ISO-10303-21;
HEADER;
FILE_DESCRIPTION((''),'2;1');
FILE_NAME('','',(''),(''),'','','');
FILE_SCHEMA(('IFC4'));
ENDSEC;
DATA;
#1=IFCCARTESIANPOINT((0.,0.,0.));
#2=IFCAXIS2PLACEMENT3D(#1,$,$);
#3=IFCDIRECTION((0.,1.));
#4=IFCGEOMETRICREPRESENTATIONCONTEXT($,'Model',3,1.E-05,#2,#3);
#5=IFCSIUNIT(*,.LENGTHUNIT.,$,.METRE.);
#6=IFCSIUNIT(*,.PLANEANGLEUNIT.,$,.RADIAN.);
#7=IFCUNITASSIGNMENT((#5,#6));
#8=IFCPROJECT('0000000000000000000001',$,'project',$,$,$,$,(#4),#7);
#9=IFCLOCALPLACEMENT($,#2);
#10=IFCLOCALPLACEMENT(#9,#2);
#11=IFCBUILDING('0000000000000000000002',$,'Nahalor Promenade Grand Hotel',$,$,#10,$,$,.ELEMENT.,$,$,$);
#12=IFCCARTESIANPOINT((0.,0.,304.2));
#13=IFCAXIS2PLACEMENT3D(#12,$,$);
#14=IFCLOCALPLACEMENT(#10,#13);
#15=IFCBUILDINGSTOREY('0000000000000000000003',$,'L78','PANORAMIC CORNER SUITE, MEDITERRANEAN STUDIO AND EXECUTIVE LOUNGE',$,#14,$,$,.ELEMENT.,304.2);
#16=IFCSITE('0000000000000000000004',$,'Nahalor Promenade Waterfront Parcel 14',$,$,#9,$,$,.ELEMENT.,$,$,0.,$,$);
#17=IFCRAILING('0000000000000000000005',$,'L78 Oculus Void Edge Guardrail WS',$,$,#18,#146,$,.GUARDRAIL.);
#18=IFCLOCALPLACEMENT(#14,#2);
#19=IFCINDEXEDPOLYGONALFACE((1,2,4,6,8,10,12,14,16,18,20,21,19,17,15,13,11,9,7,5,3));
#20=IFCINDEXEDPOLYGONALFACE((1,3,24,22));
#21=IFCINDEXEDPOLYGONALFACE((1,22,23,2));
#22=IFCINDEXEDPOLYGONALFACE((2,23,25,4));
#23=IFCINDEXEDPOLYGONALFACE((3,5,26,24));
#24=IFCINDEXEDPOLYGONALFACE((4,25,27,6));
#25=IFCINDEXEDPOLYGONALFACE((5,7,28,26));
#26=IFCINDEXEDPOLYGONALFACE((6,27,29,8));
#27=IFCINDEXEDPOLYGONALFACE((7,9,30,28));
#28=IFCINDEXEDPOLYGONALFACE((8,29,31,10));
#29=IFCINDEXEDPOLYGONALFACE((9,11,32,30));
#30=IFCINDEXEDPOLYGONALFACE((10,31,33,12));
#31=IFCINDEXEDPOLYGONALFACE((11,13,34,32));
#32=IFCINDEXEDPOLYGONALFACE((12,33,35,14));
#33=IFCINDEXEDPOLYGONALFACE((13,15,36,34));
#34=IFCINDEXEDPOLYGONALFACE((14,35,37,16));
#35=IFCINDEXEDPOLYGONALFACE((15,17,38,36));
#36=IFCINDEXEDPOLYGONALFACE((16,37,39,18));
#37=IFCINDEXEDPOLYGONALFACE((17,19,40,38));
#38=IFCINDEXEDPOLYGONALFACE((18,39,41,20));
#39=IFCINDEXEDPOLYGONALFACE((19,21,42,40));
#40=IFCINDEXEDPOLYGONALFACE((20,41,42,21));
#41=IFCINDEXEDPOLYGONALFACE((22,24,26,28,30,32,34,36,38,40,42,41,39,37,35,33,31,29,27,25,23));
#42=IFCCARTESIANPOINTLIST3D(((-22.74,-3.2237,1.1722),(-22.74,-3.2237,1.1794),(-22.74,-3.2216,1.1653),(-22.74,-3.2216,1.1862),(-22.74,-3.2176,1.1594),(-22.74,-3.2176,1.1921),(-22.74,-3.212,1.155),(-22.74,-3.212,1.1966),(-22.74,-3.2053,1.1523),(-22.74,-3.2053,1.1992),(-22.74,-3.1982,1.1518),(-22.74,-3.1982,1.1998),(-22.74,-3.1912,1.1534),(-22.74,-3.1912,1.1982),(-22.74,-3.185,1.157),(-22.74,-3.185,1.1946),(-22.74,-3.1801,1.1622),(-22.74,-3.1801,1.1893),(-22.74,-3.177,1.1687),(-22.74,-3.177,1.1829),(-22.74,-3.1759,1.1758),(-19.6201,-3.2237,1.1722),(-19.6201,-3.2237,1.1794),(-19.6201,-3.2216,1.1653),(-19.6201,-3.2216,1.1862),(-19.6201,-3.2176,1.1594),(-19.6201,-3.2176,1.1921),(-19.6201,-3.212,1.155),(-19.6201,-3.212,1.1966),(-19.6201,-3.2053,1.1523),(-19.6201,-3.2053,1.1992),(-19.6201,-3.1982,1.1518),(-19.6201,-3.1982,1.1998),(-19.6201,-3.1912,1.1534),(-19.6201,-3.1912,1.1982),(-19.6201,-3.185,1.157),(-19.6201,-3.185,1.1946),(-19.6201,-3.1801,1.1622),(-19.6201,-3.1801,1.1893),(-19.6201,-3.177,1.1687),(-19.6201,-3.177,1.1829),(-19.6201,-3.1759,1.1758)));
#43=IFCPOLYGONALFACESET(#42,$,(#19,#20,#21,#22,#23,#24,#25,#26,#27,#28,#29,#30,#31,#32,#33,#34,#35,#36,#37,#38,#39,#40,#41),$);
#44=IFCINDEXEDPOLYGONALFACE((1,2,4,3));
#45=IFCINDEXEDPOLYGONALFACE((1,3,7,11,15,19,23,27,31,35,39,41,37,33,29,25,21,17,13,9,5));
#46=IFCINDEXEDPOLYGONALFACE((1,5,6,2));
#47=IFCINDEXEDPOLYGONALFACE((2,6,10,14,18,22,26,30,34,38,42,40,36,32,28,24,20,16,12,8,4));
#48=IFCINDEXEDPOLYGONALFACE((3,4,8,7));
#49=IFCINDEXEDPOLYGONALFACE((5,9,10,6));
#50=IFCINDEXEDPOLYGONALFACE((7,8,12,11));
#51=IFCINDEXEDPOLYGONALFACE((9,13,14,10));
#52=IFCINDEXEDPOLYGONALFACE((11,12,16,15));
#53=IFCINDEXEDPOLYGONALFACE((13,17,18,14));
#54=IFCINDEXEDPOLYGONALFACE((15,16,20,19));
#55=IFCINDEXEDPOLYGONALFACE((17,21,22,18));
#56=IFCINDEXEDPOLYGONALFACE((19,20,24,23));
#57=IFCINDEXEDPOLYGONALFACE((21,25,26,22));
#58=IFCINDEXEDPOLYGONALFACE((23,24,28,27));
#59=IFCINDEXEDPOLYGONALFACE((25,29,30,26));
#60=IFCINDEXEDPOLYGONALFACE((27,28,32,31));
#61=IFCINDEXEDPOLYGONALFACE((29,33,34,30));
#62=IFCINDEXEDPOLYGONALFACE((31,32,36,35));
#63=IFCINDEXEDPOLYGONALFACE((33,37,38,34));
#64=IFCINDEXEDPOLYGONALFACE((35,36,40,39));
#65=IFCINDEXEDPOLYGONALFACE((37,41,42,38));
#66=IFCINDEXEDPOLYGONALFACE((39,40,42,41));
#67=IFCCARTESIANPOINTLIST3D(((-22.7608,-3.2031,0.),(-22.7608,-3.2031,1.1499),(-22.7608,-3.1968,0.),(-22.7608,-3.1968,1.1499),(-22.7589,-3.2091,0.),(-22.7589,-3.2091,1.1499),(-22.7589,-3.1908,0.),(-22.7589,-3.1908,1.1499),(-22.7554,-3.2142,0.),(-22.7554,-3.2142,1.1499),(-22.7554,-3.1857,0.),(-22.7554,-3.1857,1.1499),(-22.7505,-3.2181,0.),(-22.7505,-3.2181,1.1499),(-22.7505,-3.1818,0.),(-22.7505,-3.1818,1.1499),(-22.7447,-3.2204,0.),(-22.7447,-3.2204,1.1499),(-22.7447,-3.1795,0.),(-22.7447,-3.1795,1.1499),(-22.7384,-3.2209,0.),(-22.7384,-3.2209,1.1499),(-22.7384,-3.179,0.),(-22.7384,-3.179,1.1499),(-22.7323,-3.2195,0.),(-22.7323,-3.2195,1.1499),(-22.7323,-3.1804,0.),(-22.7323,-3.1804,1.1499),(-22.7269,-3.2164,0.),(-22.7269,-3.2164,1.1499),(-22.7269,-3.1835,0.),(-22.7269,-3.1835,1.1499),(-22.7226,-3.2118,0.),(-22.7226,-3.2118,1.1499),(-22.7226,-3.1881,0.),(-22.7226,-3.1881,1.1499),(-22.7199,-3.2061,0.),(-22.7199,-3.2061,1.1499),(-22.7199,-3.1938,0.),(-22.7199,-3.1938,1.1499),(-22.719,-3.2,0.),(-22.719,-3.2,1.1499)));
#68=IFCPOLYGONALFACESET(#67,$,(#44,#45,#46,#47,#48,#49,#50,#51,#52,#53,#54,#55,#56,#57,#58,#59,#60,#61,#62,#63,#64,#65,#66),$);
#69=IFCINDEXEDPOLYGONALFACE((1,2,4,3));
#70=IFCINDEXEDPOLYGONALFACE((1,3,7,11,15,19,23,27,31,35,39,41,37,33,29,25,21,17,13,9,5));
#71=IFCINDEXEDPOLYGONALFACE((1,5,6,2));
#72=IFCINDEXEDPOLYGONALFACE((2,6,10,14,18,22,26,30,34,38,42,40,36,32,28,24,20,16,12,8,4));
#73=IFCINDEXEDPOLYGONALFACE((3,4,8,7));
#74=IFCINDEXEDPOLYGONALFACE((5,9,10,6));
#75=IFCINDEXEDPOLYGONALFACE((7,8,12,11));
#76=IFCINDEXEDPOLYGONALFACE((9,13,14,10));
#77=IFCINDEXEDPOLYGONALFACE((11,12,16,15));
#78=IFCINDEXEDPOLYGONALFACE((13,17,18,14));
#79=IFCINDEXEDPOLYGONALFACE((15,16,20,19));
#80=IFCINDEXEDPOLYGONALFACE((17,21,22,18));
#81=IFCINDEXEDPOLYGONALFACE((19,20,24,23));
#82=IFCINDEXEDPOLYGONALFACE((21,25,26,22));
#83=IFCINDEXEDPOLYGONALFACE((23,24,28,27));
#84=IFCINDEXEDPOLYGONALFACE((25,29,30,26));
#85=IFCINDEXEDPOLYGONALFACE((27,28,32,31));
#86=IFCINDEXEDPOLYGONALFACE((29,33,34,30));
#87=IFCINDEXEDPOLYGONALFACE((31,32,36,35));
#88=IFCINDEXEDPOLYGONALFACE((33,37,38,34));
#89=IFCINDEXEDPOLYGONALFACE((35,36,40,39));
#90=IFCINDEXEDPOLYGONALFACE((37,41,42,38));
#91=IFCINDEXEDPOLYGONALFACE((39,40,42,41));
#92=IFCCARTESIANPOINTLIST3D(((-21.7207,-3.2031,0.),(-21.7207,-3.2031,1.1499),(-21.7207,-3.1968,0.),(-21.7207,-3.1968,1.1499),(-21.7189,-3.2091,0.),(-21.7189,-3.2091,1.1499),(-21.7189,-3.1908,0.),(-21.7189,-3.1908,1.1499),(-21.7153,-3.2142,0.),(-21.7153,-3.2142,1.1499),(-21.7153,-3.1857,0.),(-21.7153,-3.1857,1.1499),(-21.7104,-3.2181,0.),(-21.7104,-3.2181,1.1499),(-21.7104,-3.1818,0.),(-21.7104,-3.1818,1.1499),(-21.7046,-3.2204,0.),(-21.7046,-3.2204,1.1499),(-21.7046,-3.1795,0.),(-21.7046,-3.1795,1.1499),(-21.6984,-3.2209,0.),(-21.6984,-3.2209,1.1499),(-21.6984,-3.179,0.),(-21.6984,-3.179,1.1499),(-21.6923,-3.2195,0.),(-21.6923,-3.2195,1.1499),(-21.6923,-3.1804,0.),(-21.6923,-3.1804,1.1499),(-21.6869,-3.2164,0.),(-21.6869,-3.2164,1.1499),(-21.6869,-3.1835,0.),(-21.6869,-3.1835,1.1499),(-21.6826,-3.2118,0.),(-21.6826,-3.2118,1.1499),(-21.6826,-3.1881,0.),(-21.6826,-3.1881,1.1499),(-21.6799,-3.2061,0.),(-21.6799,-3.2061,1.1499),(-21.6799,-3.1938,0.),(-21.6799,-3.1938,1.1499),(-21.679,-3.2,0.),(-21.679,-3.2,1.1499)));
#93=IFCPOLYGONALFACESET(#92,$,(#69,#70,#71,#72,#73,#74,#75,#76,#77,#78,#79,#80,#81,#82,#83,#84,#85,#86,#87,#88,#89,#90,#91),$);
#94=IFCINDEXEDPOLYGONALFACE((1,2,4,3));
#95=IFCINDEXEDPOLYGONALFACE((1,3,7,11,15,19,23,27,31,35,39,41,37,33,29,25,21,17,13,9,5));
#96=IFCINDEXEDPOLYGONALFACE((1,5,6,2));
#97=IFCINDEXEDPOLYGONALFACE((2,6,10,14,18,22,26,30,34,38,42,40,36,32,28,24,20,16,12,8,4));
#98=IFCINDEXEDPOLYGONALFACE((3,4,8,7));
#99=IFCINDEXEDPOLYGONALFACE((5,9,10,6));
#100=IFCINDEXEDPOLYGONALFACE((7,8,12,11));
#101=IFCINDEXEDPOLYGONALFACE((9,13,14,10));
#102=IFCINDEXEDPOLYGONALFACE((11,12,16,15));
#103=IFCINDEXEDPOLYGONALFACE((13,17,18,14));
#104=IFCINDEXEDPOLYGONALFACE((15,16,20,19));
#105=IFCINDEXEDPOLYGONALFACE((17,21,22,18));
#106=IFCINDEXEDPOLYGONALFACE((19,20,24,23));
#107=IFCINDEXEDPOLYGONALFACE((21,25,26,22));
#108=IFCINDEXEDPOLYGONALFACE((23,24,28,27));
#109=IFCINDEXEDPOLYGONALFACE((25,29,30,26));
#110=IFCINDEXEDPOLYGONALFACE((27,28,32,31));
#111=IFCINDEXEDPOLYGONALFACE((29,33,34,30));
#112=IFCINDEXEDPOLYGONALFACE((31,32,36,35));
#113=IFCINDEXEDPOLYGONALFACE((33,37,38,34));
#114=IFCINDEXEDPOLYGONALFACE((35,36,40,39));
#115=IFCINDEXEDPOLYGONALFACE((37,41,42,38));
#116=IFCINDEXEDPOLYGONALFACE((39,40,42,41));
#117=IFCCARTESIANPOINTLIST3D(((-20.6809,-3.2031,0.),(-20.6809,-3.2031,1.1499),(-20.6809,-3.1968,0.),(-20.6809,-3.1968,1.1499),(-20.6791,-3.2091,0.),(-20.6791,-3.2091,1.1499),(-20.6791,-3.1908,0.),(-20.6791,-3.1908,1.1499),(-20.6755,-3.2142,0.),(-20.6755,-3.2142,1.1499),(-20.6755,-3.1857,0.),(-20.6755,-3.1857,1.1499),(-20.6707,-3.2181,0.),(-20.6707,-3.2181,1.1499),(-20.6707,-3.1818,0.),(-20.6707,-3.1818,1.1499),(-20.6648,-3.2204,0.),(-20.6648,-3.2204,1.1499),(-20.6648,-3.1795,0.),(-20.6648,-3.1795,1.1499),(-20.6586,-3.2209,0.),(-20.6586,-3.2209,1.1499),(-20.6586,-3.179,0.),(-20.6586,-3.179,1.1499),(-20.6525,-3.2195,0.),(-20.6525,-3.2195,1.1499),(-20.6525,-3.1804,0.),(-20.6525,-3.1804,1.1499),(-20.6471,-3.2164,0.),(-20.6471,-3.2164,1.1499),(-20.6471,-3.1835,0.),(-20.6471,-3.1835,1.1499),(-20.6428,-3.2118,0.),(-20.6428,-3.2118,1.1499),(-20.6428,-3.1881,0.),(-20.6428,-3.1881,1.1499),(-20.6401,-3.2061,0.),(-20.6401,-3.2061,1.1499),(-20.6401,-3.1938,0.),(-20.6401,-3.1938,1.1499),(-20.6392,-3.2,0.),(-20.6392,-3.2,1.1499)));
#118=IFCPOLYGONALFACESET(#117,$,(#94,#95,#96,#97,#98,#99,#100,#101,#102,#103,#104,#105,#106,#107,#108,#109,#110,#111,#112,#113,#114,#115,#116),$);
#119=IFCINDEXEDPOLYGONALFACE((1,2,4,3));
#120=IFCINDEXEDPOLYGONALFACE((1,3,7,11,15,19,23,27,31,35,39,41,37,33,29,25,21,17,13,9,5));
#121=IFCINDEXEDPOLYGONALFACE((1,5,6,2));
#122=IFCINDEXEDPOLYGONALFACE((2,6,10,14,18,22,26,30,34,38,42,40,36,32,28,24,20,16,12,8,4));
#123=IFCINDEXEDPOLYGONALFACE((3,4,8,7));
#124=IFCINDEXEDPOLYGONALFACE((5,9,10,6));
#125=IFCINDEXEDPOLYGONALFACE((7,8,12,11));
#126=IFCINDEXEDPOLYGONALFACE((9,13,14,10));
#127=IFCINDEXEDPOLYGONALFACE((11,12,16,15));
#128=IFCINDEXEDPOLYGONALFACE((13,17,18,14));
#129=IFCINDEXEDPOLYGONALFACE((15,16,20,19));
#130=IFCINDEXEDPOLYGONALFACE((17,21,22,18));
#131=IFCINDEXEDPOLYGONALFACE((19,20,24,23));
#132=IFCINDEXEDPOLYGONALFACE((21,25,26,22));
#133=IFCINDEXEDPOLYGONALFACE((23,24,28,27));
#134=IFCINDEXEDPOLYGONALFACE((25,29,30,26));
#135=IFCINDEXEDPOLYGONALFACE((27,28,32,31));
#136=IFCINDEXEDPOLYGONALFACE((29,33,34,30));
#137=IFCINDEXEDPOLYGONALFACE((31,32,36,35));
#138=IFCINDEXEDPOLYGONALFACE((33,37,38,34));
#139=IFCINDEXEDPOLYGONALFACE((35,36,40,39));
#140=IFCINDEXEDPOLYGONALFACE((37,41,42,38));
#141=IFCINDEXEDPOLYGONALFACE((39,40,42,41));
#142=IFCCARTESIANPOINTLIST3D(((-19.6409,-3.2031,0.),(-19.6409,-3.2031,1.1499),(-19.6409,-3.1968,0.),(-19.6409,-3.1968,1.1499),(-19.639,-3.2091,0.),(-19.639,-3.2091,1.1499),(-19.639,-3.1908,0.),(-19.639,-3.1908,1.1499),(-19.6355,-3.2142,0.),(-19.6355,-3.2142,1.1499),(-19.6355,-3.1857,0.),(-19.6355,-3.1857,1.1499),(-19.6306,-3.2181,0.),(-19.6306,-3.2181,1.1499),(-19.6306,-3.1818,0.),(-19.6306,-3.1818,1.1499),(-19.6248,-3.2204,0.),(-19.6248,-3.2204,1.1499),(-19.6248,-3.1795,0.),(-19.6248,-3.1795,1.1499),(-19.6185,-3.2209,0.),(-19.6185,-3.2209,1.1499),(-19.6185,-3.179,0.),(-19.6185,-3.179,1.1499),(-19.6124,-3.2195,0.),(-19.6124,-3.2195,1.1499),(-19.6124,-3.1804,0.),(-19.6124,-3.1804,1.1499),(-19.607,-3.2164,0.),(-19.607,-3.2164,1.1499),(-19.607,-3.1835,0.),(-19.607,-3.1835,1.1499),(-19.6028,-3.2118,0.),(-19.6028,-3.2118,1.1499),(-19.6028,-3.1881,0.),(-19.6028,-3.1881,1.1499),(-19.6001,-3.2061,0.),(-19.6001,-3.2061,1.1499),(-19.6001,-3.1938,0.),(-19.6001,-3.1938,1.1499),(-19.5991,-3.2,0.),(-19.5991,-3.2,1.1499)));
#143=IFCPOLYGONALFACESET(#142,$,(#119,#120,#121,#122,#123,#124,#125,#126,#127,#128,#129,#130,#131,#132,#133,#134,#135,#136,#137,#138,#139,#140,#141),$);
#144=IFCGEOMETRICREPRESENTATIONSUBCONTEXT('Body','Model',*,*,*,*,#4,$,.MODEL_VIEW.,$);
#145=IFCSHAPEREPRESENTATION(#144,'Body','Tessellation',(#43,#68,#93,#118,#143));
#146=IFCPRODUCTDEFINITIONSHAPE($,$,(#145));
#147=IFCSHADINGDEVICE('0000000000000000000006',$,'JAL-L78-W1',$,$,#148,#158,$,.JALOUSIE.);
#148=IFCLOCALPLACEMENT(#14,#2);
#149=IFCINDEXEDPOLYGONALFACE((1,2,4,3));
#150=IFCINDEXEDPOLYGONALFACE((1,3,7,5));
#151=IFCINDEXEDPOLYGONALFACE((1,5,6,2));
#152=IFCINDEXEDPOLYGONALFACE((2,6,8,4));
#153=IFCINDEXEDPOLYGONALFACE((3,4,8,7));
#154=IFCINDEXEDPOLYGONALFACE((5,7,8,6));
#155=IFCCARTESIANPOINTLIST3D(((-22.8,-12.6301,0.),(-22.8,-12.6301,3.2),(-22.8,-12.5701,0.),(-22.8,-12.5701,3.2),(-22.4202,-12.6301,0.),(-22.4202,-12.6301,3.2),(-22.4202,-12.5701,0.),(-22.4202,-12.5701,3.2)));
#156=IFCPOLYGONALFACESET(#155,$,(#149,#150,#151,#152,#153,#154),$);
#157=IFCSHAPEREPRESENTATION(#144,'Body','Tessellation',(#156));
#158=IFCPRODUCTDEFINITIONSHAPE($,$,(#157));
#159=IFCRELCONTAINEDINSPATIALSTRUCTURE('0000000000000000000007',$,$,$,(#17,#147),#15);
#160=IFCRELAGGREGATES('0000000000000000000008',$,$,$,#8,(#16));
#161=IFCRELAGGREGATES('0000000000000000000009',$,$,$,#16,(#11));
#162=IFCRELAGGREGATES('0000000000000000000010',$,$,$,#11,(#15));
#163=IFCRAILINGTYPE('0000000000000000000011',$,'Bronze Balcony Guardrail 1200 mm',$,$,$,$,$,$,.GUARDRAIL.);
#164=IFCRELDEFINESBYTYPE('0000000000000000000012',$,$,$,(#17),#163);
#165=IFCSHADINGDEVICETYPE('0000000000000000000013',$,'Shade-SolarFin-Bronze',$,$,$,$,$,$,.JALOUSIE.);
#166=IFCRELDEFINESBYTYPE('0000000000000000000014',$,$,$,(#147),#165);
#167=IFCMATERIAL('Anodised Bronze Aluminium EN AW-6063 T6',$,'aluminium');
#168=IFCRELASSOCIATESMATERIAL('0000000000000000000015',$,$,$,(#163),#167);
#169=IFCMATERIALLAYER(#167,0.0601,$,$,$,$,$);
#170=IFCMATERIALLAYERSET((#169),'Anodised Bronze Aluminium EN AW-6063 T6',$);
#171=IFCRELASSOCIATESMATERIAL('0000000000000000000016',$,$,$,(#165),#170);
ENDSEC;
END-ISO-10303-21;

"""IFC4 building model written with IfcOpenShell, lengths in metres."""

from ifc_helpers import new_model, si_unit, direction, frame, origin, origin_2d, place, context, subcontext, project, spatial, rectangle, circle, extrude, source, transform, mapped, material, layer, layer_set, type_object, element, save


model = new_model("IFC4")

# Units and contexts
model_context = context("Model", 3, precision=1e-05, world=origin(), true_north=direction((0.0, 1.0)))
body_context = subcontext(model_context, "Body", "Model", "MODEL_VIEW")
ifc_project = project(units=[si_unit("LENGTHUNIT", "METRE"), si_unit("PLANEANGLEUNIT", "RADIAN")], contexts=[model_context])

# Site, building, storey
site_placement = place(None, origin())
site = spatial("IfcSite", under=ifc_project, at=site_placement, Name="Nahalor Promenade Waterfront Parcel 14", CompositionType="ELEMENT", RefElevation=0.0)
building_placement = place(site_placement, origin())
building = spatial("IfcBuilding", under=site, at=building_placement, Name="Nahalor Promenade Grand Hotel", CompositionType="ELEMENT")
storey_placement = place(building_placement, frame((0.0, 0.0, 304.2)))
storey = spatial("IfcBuildingStorey", under=building, at=storey_placement, Name="L78", Description="PANORAMIC CORNER SUITE, MEDITERRANEAN STUDIO AND EXECUTIVE LOUNGE", CompositionType="ELEMENT", Elevation=304.2)

# Shared definitions
ifc_material_1 = material(Name="Anodised Bronze Aluminium EN AW-6063 T6", Category="aluminium")

# Railing
railing_type = type_object("IfcRailingType", Name="Bronze Balcony Guardrail 1200 mm", PredefinedType="GUARDRAIL", material=ifc_material_1)
railing_placement = place(storey_placement, frame((-22.74, -3.2, 0.0)))
element("IfcRailing", 1, at=railing_placement, inside=storey, type_object=railing_type, Name="L78 Oculus Void Edge Guardrail WS", PredefinedType="GUARDRAIL", context=body_context, shape_type="SweptSolid", body=[
    extrude(circle(Radius=0.024, at=origin_2d()), frame((0.0, 0.0, 1.1758), z_axis=(1.0, 0.0, 0.0), x_axis=(0.0, 1.0, 0.0)), (0.0, 0.0, 1.0), 3.1199),
    extrude(circle(Radius=0.021, at=origin_2d()), origin(), (0.0, 0.0, 1.0), 1.1499),
    extrude(circle(Radius=0.021, at=origin_2d()), frame((1.04, 0.0, 0.0)), (0.0, 0.0, 1.0), 1.1499),
    extrude(circle(Radius=0.021, at=origin_2d()), frame((2.0798, 0.0, 0.0)), (0.0, 0.0, 1.0), 1.1499),
    extrude(circle(Radius=0.021, at=origin_2d()), frame((3.1199, 0.0, 0.0)), (0.0, 0.0, 1.0), 1.1499),
])

# Shading device
ifc_layer_1 = layer(ifc_material_1, 0.0601)
ifc_layer_set_1 = layer_set([ifc_layer_1], Name="Anodised Bronze Aluminium EN AW-6063 T6")
shading_device_type = type_object("IfcShadingDeviceType", Name="Shade-SolarFin-Bronze", PredefinedType="JALOUSIE", material=ifc_layer_set_1)
shared_shape_1 = source(origin(), body_context, "Body", "SweptSolid", [
    extrude(rectangle(XDim=0.3799, YDim=0.0601, at=origin_2d()), origin(), (0.0, 0.0, 1.0), 3.2),
])
shading_device_placement = place(storey_placement, frame((-22.6101, -12.6001, 0.0), z_axis=(0.0, 0.0, 1.0), x_axis=(1.0, 0.0, 0.0)))
element("IfcShadingDevice", 2, at=shading_device_placement, inside=storey, type_object=shading_device_type, Name="JAL-L78-W1", PredefinedType="JALOUSIE", context=body_context, shape_type="MappedRepresentation", body=[
    mapped(shared_shape_1, transform((0.0, 0.0, 0.0), scale=1.0)),
])

save(model, "model.ifc")
